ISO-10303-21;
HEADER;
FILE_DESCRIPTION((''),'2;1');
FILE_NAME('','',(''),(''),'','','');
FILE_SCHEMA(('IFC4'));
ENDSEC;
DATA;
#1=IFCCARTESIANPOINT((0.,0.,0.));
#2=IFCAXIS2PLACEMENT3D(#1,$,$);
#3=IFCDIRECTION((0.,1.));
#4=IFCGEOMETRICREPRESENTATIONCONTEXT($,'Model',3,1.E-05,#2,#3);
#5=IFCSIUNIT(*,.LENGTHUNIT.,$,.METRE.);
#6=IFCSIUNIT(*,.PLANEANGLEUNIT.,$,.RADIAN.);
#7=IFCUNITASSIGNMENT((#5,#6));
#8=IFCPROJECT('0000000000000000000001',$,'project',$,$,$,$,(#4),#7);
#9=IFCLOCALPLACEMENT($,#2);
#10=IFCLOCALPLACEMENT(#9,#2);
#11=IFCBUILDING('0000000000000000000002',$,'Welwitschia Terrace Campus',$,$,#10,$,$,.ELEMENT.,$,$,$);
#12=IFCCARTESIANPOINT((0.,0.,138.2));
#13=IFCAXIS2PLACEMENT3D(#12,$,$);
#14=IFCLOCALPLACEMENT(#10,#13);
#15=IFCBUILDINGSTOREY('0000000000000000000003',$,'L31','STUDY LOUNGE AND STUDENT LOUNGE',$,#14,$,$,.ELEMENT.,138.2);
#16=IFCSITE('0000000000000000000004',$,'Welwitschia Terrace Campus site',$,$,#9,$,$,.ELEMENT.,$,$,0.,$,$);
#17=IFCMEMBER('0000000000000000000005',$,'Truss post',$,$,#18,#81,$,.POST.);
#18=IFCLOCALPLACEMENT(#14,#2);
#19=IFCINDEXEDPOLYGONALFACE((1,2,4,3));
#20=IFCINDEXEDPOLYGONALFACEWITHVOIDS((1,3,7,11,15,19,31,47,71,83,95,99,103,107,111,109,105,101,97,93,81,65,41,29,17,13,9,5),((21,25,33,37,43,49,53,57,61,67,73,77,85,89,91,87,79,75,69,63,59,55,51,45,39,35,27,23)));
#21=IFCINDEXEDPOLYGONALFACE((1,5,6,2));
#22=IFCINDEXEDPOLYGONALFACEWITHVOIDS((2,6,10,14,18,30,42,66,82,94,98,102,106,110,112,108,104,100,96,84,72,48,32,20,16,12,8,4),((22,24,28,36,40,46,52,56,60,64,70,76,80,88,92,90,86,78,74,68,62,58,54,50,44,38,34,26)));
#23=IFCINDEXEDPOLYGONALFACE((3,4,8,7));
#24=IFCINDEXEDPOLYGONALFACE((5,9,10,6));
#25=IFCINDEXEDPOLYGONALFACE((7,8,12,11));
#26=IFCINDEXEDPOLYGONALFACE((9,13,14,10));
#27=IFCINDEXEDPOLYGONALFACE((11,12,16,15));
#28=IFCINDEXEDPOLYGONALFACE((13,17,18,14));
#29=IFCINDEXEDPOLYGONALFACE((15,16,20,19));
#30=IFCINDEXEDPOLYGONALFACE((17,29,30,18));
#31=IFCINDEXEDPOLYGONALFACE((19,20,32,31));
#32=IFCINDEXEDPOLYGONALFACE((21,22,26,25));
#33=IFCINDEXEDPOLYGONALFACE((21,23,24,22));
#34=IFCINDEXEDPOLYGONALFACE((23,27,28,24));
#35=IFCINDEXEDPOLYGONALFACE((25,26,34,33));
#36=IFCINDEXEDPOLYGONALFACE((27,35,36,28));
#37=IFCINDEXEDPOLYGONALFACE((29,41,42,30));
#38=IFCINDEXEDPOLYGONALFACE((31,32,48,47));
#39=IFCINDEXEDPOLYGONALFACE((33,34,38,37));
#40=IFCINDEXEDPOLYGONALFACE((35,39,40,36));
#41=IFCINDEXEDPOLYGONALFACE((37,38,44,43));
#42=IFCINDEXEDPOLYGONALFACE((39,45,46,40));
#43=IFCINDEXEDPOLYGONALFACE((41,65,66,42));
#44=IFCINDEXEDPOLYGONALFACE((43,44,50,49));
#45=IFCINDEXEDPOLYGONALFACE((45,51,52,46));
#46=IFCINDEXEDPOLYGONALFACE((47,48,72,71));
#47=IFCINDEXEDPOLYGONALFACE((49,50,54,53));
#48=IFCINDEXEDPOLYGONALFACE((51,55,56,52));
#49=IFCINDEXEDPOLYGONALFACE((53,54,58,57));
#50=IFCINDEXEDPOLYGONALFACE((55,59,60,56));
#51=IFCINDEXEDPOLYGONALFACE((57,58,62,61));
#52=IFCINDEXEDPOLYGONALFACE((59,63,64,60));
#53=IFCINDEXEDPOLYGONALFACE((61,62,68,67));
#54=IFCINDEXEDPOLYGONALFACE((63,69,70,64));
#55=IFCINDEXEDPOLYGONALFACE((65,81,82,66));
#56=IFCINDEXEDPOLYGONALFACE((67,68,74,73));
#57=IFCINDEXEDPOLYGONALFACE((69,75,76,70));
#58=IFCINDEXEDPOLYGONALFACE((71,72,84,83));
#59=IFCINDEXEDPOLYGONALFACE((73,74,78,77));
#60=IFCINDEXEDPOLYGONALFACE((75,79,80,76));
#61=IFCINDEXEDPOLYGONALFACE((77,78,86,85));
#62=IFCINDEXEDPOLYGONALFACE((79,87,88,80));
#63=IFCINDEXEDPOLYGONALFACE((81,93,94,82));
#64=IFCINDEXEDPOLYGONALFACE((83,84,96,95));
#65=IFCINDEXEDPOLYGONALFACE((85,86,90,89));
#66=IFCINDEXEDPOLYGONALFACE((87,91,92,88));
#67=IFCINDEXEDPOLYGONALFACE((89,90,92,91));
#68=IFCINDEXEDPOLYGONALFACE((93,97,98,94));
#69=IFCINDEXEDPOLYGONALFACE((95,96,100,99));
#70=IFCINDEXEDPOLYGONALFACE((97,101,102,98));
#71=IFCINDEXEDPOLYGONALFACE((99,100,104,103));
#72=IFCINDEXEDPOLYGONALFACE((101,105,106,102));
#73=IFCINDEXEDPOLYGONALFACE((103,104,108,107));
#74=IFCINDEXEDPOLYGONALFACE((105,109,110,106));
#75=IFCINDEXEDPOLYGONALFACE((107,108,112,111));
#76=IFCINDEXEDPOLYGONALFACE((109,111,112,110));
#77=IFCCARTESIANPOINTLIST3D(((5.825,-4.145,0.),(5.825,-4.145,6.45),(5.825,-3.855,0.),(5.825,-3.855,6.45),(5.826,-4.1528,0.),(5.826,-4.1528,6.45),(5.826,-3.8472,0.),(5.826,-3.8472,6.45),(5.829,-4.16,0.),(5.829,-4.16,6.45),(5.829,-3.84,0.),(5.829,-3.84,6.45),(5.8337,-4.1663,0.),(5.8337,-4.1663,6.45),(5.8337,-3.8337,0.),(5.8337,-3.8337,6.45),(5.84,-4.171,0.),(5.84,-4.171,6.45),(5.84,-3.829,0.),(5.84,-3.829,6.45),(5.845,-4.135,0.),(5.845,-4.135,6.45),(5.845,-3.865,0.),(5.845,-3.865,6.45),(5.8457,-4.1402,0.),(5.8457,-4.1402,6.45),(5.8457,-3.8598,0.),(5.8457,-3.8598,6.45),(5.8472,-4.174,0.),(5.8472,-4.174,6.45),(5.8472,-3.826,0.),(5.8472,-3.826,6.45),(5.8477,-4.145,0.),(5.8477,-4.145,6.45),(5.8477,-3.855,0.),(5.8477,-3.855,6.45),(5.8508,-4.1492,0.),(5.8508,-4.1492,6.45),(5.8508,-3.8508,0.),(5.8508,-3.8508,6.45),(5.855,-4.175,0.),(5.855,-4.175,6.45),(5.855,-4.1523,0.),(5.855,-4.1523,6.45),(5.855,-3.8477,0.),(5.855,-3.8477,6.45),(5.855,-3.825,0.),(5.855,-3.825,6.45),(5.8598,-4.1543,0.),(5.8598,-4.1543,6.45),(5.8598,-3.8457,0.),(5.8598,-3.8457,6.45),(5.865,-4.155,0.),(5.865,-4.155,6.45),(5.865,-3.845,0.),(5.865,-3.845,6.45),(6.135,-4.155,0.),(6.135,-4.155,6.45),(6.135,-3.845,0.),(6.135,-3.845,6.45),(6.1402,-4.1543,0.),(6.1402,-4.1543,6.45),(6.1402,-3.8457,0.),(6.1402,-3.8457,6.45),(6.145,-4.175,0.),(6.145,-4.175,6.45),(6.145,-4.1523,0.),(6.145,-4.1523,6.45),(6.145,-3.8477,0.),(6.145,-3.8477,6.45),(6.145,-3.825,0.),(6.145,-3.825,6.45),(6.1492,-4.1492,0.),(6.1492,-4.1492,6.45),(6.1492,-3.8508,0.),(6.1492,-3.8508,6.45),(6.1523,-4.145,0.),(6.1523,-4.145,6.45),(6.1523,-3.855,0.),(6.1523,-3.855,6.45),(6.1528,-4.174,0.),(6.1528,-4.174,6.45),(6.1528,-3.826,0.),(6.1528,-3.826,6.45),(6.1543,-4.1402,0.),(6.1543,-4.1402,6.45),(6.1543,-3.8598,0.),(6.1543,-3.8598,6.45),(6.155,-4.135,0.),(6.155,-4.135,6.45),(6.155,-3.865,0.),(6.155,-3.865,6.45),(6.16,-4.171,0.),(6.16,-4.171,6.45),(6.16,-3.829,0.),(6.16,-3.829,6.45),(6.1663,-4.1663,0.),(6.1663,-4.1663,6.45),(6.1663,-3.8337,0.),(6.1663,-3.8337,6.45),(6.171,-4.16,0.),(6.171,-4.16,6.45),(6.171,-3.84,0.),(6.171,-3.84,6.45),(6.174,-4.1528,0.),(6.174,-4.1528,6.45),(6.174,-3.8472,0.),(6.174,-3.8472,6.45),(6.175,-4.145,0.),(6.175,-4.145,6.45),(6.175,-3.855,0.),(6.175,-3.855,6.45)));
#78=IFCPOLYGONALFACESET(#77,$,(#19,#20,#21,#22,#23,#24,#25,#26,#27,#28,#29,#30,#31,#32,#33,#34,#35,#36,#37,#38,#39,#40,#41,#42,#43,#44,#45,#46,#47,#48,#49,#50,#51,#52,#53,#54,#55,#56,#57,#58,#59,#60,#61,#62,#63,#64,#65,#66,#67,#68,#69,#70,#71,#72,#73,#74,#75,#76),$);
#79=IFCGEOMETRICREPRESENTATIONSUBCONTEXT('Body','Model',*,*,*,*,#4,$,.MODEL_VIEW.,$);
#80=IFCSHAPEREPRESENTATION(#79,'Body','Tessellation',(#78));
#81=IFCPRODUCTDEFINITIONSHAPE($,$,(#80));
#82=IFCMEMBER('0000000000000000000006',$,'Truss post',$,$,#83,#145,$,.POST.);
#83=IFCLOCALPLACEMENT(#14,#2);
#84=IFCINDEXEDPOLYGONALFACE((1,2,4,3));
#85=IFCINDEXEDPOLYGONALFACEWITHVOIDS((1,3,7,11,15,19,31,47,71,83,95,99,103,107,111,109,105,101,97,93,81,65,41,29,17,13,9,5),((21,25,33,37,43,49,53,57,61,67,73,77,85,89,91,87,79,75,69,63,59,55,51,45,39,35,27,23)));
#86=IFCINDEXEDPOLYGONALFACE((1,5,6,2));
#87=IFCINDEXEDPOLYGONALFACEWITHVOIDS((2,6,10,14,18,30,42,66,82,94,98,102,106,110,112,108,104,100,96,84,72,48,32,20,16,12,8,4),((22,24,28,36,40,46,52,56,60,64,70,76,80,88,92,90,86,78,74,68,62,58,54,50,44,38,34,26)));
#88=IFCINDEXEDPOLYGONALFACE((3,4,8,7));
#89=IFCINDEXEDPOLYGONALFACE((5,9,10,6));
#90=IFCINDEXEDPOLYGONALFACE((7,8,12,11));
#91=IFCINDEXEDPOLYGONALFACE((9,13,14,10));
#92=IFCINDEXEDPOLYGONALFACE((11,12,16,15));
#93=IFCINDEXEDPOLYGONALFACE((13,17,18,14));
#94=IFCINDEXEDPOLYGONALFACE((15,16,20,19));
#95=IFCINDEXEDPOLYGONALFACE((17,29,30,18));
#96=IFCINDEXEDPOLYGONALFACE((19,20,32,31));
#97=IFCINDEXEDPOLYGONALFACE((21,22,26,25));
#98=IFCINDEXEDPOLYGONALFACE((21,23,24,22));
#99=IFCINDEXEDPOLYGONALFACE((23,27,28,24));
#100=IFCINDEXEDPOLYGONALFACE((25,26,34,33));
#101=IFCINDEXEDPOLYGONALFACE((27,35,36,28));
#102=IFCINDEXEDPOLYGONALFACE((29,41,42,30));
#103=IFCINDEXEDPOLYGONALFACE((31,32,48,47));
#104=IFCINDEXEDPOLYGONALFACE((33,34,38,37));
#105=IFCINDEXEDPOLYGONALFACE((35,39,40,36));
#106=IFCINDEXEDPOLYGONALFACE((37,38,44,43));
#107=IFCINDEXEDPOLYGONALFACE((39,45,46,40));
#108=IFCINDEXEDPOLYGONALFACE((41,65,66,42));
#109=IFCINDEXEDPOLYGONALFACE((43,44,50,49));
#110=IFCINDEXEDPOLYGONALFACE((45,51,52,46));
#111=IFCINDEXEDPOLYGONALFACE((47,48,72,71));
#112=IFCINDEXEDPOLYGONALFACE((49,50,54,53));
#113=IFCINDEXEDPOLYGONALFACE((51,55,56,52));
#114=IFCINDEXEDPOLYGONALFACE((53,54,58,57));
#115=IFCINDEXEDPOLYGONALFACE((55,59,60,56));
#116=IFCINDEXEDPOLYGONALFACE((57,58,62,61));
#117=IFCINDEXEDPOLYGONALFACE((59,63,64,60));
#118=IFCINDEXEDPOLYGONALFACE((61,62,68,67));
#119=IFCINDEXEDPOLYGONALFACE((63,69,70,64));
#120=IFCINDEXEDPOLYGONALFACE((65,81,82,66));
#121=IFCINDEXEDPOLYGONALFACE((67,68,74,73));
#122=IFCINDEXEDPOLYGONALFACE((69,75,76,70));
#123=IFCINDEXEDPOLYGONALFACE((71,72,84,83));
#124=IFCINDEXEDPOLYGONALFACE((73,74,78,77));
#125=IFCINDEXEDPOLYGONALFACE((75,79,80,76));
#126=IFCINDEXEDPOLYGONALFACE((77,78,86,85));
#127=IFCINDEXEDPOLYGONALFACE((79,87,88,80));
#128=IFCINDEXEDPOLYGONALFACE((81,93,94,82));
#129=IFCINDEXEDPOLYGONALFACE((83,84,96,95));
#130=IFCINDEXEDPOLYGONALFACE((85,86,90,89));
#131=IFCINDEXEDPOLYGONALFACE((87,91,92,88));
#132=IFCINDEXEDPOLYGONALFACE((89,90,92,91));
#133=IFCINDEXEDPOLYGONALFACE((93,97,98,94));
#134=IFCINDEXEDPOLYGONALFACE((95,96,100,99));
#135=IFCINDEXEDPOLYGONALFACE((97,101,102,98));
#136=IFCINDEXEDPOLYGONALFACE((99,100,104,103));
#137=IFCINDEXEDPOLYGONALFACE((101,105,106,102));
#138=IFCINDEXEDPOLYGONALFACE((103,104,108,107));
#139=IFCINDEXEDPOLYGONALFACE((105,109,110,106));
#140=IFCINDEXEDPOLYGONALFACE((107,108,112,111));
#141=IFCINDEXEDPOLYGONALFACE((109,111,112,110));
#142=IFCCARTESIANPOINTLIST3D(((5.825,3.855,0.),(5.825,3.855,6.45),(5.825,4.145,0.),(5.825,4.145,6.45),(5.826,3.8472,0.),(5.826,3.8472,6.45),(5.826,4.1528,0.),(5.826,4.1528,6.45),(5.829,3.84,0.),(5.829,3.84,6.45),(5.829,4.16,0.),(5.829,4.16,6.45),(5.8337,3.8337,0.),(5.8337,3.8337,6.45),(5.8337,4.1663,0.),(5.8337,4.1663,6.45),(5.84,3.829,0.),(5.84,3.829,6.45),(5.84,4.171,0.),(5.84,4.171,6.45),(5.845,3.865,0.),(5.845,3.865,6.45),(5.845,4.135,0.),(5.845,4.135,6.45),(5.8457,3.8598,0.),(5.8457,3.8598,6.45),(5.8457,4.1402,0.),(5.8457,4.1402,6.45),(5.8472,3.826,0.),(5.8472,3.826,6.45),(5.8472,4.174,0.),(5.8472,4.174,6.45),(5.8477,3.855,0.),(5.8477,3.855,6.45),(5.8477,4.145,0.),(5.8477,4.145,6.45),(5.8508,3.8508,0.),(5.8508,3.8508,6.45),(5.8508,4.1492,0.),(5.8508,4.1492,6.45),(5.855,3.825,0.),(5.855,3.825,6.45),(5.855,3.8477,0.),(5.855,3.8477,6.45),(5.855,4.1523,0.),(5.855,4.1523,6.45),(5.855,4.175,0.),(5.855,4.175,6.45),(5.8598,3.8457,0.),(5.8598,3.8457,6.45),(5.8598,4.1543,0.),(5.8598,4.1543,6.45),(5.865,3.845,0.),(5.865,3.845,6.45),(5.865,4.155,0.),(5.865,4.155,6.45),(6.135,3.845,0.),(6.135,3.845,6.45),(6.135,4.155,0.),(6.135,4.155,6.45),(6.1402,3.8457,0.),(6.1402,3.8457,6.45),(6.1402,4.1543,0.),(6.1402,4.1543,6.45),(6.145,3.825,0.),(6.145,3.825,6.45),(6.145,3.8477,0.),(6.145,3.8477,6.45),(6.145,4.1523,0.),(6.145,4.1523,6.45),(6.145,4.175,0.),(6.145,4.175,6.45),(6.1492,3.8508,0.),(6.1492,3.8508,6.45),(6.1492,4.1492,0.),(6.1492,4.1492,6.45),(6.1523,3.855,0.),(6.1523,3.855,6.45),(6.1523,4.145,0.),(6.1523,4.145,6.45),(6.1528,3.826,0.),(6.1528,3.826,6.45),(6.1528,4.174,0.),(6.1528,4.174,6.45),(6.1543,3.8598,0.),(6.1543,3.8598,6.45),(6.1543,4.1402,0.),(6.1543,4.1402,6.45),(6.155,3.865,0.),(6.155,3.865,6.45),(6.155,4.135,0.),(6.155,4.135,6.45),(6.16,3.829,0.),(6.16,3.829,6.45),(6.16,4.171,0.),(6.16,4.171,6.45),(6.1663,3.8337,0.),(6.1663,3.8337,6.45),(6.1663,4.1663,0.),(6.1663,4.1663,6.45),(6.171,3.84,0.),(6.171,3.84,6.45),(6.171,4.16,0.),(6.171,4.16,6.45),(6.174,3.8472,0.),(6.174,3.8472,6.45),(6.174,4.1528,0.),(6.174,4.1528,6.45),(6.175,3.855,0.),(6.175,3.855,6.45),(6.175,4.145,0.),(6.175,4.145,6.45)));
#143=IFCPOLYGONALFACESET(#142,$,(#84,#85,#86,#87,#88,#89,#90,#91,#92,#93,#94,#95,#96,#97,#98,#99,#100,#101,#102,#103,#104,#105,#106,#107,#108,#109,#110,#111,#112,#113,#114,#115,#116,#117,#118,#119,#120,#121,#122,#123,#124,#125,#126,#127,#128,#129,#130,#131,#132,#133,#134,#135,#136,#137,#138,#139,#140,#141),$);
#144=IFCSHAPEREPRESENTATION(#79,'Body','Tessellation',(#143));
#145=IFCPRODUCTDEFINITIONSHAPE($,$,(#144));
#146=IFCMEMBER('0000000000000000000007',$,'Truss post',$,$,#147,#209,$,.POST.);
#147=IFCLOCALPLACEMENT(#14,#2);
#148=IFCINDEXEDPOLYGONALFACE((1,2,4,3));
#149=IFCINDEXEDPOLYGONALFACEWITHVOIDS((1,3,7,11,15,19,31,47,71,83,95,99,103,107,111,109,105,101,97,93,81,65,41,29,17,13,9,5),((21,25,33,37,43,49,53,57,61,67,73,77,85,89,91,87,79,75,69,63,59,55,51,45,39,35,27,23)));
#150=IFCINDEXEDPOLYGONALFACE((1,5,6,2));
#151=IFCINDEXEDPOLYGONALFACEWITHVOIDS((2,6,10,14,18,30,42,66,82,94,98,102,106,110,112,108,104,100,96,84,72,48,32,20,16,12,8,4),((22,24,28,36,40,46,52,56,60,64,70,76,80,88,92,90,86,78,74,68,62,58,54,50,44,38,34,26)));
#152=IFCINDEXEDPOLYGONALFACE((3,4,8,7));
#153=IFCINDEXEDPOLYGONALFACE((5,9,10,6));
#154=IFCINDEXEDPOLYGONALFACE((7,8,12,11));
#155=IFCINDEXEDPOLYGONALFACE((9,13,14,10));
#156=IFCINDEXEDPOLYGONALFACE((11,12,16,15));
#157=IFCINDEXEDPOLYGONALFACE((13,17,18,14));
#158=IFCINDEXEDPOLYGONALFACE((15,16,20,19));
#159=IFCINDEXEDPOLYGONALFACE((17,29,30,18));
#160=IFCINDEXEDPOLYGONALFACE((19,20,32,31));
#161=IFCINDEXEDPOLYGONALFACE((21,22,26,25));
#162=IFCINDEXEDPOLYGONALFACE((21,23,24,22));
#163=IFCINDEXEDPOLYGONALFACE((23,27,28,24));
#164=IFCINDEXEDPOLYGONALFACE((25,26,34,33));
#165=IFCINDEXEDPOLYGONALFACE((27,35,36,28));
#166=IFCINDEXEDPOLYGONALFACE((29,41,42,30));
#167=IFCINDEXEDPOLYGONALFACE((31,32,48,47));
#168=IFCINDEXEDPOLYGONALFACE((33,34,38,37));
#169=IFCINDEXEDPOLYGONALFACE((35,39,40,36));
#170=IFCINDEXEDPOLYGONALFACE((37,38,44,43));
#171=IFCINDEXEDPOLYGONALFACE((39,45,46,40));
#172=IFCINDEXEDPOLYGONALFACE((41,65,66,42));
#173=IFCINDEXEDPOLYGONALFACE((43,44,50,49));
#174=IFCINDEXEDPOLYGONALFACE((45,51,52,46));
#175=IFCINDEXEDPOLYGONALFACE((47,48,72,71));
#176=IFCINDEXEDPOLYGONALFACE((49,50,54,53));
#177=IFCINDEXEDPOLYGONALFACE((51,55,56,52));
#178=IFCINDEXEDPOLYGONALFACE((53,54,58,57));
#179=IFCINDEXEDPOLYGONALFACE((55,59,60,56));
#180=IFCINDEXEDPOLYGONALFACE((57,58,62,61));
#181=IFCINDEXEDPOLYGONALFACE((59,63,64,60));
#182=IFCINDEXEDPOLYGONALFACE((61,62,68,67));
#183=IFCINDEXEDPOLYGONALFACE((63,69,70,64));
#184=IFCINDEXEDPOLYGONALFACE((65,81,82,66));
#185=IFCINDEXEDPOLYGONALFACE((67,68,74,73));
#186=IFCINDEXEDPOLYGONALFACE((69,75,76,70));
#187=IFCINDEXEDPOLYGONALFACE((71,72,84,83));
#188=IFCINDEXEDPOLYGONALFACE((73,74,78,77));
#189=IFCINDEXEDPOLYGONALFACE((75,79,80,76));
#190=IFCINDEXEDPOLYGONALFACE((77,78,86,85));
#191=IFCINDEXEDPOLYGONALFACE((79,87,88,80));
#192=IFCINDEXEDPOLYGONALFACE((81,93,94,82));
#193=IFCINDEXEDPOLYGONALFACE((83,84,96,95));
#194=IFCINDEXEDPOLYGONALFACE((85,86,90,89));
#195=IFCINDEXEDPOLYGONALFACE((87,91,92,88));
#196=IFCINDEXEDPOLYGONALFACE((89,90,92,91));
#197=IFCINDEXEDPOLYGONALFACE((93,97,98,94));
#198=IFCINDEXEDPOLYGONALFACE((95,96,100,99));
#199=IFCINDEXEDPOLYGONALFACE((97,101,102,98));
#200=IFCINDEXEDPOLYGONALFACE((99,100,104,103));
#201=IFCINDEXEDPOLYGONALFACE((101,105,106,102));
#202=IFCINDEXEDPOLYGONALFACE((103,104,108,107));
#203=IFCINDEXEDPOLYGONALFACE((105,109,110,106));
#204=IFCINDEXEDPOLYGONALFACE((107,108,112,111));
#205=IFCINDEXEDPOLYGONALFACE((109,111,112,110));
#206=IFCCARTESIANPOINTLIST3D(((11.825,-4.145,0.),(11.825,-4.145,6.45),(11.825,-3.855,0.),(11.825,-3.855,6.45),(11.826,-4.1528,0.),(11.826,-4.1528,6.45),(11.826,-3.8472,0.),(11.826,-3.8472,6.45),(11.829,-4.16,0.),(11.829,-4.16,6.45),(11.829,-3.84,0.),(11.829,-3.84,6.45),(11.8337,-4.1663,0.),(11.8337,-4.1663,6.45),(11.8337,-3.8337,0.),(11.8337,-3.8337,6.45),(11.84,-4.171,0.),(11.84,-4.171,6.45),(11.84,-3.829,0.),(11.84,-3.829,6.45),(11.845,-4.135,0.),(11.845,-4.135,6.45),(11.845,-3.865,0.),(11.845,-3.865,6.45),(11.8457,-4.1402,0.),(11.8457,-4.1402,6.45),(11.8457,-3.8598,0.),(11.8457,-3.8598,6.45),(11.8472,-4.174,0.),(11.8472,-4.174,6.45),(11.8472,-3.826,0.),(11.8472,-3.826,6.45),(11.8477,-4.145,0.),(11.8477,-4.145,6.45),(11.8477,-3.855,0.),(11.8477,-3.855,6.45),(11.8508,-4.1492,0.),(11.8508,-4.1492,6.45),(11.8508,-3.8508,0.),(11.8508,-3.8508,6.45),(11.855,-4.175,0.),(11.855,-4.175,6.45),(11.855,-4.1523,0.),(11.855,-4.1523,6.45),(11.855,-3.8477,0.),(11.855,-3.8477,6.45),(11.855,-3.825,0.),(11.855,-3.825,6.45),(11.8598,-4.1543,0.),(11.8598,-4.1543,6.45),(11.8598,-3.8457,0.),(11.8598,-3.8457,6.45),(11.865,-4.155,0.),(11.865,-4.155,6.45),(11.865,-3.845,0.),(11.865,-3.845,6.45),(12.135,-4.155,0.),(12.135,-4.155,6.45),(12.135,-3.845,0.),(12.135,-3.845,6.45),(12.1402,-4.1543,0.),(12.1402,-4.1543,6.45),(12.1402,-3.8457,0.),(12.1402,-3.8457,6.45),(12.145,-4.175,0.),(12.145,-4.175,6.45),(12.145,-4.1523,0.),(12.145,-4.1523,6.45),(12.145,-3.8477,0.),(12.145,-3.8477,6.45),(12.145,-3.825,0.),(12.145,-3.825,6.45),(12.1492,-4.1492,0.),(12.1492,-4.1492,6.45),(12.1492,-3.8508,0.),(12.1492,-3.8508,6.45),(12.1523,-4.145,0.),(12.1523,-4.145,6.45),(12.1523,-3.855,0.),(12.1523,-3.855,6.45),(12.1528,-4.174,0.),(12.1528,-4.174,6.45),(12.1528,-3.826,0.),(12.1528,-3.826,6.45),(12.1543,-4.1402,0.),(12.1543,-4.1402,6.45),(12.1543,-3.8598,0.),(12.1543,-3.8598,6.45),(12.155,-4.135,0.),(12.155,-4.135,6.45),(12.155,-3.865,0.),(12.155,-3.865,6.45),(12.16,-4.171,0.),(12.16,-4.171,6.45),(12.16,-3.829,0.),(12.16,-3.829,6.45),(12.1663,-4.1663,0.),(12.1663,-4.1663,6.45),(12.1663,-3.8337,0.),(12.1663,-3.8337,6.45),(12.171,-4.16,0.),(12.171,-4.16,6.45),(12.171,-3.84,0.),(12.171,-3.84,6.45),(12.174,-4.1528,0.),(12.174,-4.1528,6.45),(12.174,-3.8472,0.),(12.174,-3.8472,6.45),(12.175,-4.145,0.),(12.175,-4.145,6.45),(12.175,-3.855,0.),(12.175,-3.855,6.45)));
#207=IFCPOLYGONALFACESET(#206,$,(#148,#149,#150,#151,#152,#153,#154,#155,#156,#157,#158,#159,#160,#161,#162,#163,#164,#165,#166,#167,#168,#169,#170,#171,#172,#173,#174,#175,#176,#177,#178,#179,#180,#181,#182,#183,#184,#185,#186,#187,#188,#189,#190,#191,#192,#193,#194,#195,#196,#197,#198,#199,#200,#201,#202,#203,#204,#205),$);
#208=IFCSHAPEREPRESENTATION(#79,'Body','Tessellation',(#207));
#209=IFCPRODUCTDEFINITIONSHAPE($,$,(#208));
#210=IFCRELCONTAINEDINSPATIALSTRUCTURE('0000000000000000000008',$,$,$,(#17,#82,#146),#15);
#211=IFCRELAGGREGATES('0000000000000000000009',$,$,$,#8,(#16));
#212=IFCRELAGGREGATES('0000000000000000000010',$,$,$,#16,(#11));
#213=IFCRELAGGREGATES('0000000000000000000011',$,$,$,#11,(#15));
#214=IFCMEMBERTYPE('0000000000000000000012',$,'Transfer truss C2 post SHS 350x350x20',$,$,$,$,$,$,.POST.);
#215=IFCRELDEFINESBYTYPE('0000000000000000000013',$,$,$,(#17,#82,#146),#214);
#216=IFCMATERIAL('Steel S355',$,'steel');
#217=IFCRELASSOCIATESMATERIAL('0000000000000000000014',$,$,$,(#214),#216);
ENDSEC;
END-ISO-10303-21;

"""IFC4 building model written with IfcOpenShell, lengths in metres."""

from ifc_helpers import new_model, si_unit, direction, frame, origin, origin_2d, place, context, subcontext, project, spatial, hollow_rectangle, extrude, material, material_profile, profile_set, type_object, element, save


model = new_model("IFC4")

# Units and contexts
model_context = context("Model", 3, precision=1e-05, world=origin(), true_north=direction((0.0, 1.0)))
body_context = subcontext(model_context, "Body", "Model", "MODEL_VIEW")
ifc_project = project(units=[si_unit("LENGTHUNIT", "METRE"), si_unit("PLANEANGLEUNIT", "RADIAN")], contexts=[model_context])

# Site, building, storey
site_placement = place(None, origin())
site = spatial("IfcSite", under=ifc_project, at=site_placement, Name="Welwitschia Terrace Campus site", CompositionType="ELEMENT", RefElevation=0.0)
building_placement = place(site_placement, origin())
building = spatial("IfcBuilding", under=site, at=building_placement, Name="Welwitschia Terrace Campus", CompositionType="ELEMENT")
storey_placement = place(building_placement, frame((0.0, 0.0, 138.2)))
storey = spatial("IfcBuildingStorey", under=building, at=storey_placement, Name="L31", Description="STUDY LOUNGE AND STUDENT LOUNGE", CompositionType="ELEMENT", Elevation=138.2)

# Members
ifc_material_1 = material(Name="Steel S355", Category="steel")
ifc_material_profile_1 = material_profile(ifc_material_1, hollow_rectangle(XDim=0.3501, YDim=0.3501, WallThickness=0.02, InnerFilletRadius=0.02, OuterFilletRadius=0.03, at=origin_2d()))
ifc_profile_set_1 = profile_set([ifc_material_profile_1], Name="Steel S355")
member_type_1 = type_object("IfcMemberType", Name="Transfer truss C2 post SHS 350x350x20", PredefinedType="POST", material=ifc_profile_set_1)
for number, where, z_axis, x_axis, name in (
    (1, (6.0, -4.0, 0.0), (0.0, 0.0, 1.0), (1.0, 0.0, 0.0), "Truss post"),
    (2, (6.0, 4.0, 0.0), (0.0, 0.0, 1.0), (1.0, 0.0, 0.0), "Truss post"),
    (3, (12.0, -4.0, 0.0), (0.0, 0.0, 1.0), (1.0, 0.0, 0.0), "Truss post"),
):
    element("IfcMember", number, at=place(storey_placement, frame(where, z_axis=z_axis, x_axis=x_axis)), inside=storey, type_object=member_type_1, Name=name, PredefinedType="POST", context=body_context, shape_type="SweptSolid", body=[
        extrude(hollow_rectangle(XDim=0.3501, YDim=0.3501, WallThickness=0.02, InnerFilletRadius=0.02, OuterFilletRadius=0.03, at=origin_2d()), origin(), (0.0, 0.0, 1.0), 6.45),
    ])

save(model, "model.ifc")
